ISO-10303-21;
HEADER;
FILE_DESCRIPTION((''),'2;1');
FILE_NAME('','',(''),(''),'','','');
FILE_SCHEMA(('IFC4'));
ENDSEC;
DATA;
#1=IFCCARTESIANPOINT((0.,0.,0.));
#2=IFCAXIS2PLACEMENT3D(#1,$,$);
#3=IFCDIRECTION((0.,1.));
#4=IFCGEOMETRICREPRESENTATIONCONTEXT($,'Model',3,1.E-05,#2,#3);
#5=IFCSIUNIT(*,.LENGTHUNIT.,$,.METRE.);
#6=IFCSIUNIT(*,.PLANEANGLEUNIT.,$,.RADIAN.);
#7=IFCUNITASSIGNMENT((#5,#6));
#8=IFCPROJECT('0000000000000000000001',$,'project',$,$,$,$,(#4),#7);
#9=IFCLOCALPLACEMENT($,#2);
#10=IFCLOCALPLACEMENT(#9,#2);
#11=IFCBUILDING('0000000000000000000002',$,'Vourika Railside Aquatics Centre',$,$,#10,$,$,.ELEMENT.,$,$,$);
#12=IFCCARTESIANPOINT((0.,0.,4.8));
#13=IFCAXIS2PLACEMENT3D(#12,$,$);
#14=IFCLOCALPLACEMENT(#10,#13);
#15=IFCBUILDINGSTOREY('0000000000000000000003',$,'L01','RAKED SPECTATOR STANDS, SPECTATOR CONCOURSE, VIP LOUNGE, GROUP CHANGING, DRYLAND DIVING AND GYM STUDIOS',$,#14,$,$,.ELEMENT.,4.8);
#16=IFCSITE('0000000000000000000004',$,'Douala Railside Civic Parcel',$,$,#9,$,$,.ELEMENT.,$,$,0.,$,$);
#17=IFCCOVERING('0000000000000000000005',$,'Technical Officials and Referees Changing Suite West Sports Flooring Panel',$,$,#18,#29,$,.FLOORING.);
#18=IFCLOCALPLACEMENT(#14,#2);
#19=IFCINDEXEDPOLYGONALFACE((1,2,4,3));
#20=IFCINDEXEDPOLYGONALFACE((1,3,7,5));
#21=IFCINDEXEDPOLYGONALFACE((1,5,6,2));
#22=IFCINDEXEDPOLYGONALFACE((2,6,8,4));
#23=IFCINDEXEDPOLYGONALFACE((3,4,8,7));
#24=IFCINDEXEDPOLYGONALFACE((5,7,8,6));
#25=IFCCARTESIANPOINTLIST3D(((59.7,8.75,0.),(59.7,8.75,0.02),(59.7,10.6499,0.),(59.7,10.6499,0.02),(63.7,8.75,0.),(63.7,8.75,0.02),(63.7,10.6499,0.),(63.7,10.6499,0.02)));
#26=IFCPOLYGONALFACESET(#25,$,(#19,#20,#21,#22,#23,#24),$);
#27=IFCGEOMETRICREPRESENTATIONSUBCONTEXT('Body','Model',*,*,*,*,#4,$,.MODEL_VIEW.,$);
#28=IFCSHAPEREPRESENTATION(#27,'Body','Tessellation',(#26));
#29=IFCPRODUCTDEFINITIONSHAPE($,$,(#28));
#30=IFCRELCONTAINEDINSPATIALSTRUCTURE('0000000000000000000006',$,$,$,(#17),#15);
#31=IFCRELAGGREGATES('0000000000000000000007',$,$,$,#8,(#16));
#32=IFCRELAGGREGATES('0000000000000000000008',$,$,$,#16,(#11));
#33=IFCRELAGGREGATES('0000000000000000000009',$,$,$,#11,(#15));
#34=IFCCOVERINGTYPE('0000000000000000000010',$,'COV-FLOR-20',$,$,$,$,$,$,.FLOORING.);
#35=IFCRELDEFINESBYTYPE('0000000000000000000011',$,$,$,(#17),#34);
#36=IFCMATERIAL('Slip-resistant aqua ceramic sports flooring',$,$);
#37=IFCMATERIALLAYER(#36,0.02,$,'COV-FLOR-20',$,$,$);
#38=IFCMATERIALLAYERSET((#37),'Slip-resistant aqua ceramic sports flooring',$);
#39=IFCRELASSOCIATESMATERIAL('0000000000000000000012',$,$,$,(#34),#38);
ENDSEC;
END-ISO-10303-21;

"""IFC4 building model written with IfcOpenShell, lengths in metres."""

from ifc_helpers import new_model, si_unit, direction, frame, origin, origin_2d, place, context, subcontext, project, spatial, rectangle, extrude, material, layer, layer_set, type_object, element, save


model = new_model("IFC4")

# Units and contexts
model_context = context("Model", 3, precision=1e-05, world=origin(), true_north=direction((0.0, 1.0)))
body_context = subcontext(model_context, "Body", "Model", "MODEL_VIEW")
ifc_project = project(units=[si_unit("LENGTHUNIT", "METRE"), si_unit("PLANEANGLEUNIT", "RADIAN")], contexts=[model_context])

# Site, building, storey
site_placement = place(None, origin())
site = spatial("IfcSite", under=ifc_project, at=site_placement, Name="Douala Railside Civic Parcel", CompositionType="ELEMENT", RefElevation=0.0)
building_placement = place(site_placement, origin())
building = spatial("IfcBuilding", under=site, at=building_placement, Name="Vourika Railside Aquatics Centre", CompositionType="ELEMENT")
storey_placement = place(building_placement, frame((0.0, 0.0, 4.8)))
storey = spatial("IfcBuildingStorey", under=building, at=storey_placement, Name="L01", Description="RAKED SPECTATOR STANDS, SPECTATOR CONCOURSE, VIP LOUNGE, GROUP CHANGING, DRYLAND DIVING AND GYM STUDIOS", CompositionType="ELEMENT", Elevation=4.8)

# Covering
ifc_material_1 = material(Name="Slip-resistant aqua ceramic sports flooring")
ifc_layer_1 = layer(ifc_material_1, 0.02, Name="COV-FLOR-20")
ifc_layer_set_1 = layer_set([ifc_layer_1], Name="Slip-resistant aqua ceramic sports flooring")
covering_type_1 = type_object("IfcCoveringType", Name="COV-FLOR-20", PredefinedType="FLOORING", material=ifc_layer_set_1)
covering_1_placement = place(storey_placement, frame((61.7, 9.7, 0.0), z_axis=(0.0, 0.0, 1.0), x_axis=(1.0, 0.0, 0.0)))
element("IfcCovering", 1, at=covering_1_placement, inside=storey, type_object=covering_type_1, Name="Technical Officials and Referees Changing Suite West Sports Flooring Panel", PredefinedType="FLOORING", context=body_context, shape_type="SweptSolid", body=[
    extrude(rectangle(XDim=4.0, YDim=1.8999, at=origin_2d()), origin(), (0.0, 0.0, 1.0), 0.02),
])

save(model, "model.ifc")
